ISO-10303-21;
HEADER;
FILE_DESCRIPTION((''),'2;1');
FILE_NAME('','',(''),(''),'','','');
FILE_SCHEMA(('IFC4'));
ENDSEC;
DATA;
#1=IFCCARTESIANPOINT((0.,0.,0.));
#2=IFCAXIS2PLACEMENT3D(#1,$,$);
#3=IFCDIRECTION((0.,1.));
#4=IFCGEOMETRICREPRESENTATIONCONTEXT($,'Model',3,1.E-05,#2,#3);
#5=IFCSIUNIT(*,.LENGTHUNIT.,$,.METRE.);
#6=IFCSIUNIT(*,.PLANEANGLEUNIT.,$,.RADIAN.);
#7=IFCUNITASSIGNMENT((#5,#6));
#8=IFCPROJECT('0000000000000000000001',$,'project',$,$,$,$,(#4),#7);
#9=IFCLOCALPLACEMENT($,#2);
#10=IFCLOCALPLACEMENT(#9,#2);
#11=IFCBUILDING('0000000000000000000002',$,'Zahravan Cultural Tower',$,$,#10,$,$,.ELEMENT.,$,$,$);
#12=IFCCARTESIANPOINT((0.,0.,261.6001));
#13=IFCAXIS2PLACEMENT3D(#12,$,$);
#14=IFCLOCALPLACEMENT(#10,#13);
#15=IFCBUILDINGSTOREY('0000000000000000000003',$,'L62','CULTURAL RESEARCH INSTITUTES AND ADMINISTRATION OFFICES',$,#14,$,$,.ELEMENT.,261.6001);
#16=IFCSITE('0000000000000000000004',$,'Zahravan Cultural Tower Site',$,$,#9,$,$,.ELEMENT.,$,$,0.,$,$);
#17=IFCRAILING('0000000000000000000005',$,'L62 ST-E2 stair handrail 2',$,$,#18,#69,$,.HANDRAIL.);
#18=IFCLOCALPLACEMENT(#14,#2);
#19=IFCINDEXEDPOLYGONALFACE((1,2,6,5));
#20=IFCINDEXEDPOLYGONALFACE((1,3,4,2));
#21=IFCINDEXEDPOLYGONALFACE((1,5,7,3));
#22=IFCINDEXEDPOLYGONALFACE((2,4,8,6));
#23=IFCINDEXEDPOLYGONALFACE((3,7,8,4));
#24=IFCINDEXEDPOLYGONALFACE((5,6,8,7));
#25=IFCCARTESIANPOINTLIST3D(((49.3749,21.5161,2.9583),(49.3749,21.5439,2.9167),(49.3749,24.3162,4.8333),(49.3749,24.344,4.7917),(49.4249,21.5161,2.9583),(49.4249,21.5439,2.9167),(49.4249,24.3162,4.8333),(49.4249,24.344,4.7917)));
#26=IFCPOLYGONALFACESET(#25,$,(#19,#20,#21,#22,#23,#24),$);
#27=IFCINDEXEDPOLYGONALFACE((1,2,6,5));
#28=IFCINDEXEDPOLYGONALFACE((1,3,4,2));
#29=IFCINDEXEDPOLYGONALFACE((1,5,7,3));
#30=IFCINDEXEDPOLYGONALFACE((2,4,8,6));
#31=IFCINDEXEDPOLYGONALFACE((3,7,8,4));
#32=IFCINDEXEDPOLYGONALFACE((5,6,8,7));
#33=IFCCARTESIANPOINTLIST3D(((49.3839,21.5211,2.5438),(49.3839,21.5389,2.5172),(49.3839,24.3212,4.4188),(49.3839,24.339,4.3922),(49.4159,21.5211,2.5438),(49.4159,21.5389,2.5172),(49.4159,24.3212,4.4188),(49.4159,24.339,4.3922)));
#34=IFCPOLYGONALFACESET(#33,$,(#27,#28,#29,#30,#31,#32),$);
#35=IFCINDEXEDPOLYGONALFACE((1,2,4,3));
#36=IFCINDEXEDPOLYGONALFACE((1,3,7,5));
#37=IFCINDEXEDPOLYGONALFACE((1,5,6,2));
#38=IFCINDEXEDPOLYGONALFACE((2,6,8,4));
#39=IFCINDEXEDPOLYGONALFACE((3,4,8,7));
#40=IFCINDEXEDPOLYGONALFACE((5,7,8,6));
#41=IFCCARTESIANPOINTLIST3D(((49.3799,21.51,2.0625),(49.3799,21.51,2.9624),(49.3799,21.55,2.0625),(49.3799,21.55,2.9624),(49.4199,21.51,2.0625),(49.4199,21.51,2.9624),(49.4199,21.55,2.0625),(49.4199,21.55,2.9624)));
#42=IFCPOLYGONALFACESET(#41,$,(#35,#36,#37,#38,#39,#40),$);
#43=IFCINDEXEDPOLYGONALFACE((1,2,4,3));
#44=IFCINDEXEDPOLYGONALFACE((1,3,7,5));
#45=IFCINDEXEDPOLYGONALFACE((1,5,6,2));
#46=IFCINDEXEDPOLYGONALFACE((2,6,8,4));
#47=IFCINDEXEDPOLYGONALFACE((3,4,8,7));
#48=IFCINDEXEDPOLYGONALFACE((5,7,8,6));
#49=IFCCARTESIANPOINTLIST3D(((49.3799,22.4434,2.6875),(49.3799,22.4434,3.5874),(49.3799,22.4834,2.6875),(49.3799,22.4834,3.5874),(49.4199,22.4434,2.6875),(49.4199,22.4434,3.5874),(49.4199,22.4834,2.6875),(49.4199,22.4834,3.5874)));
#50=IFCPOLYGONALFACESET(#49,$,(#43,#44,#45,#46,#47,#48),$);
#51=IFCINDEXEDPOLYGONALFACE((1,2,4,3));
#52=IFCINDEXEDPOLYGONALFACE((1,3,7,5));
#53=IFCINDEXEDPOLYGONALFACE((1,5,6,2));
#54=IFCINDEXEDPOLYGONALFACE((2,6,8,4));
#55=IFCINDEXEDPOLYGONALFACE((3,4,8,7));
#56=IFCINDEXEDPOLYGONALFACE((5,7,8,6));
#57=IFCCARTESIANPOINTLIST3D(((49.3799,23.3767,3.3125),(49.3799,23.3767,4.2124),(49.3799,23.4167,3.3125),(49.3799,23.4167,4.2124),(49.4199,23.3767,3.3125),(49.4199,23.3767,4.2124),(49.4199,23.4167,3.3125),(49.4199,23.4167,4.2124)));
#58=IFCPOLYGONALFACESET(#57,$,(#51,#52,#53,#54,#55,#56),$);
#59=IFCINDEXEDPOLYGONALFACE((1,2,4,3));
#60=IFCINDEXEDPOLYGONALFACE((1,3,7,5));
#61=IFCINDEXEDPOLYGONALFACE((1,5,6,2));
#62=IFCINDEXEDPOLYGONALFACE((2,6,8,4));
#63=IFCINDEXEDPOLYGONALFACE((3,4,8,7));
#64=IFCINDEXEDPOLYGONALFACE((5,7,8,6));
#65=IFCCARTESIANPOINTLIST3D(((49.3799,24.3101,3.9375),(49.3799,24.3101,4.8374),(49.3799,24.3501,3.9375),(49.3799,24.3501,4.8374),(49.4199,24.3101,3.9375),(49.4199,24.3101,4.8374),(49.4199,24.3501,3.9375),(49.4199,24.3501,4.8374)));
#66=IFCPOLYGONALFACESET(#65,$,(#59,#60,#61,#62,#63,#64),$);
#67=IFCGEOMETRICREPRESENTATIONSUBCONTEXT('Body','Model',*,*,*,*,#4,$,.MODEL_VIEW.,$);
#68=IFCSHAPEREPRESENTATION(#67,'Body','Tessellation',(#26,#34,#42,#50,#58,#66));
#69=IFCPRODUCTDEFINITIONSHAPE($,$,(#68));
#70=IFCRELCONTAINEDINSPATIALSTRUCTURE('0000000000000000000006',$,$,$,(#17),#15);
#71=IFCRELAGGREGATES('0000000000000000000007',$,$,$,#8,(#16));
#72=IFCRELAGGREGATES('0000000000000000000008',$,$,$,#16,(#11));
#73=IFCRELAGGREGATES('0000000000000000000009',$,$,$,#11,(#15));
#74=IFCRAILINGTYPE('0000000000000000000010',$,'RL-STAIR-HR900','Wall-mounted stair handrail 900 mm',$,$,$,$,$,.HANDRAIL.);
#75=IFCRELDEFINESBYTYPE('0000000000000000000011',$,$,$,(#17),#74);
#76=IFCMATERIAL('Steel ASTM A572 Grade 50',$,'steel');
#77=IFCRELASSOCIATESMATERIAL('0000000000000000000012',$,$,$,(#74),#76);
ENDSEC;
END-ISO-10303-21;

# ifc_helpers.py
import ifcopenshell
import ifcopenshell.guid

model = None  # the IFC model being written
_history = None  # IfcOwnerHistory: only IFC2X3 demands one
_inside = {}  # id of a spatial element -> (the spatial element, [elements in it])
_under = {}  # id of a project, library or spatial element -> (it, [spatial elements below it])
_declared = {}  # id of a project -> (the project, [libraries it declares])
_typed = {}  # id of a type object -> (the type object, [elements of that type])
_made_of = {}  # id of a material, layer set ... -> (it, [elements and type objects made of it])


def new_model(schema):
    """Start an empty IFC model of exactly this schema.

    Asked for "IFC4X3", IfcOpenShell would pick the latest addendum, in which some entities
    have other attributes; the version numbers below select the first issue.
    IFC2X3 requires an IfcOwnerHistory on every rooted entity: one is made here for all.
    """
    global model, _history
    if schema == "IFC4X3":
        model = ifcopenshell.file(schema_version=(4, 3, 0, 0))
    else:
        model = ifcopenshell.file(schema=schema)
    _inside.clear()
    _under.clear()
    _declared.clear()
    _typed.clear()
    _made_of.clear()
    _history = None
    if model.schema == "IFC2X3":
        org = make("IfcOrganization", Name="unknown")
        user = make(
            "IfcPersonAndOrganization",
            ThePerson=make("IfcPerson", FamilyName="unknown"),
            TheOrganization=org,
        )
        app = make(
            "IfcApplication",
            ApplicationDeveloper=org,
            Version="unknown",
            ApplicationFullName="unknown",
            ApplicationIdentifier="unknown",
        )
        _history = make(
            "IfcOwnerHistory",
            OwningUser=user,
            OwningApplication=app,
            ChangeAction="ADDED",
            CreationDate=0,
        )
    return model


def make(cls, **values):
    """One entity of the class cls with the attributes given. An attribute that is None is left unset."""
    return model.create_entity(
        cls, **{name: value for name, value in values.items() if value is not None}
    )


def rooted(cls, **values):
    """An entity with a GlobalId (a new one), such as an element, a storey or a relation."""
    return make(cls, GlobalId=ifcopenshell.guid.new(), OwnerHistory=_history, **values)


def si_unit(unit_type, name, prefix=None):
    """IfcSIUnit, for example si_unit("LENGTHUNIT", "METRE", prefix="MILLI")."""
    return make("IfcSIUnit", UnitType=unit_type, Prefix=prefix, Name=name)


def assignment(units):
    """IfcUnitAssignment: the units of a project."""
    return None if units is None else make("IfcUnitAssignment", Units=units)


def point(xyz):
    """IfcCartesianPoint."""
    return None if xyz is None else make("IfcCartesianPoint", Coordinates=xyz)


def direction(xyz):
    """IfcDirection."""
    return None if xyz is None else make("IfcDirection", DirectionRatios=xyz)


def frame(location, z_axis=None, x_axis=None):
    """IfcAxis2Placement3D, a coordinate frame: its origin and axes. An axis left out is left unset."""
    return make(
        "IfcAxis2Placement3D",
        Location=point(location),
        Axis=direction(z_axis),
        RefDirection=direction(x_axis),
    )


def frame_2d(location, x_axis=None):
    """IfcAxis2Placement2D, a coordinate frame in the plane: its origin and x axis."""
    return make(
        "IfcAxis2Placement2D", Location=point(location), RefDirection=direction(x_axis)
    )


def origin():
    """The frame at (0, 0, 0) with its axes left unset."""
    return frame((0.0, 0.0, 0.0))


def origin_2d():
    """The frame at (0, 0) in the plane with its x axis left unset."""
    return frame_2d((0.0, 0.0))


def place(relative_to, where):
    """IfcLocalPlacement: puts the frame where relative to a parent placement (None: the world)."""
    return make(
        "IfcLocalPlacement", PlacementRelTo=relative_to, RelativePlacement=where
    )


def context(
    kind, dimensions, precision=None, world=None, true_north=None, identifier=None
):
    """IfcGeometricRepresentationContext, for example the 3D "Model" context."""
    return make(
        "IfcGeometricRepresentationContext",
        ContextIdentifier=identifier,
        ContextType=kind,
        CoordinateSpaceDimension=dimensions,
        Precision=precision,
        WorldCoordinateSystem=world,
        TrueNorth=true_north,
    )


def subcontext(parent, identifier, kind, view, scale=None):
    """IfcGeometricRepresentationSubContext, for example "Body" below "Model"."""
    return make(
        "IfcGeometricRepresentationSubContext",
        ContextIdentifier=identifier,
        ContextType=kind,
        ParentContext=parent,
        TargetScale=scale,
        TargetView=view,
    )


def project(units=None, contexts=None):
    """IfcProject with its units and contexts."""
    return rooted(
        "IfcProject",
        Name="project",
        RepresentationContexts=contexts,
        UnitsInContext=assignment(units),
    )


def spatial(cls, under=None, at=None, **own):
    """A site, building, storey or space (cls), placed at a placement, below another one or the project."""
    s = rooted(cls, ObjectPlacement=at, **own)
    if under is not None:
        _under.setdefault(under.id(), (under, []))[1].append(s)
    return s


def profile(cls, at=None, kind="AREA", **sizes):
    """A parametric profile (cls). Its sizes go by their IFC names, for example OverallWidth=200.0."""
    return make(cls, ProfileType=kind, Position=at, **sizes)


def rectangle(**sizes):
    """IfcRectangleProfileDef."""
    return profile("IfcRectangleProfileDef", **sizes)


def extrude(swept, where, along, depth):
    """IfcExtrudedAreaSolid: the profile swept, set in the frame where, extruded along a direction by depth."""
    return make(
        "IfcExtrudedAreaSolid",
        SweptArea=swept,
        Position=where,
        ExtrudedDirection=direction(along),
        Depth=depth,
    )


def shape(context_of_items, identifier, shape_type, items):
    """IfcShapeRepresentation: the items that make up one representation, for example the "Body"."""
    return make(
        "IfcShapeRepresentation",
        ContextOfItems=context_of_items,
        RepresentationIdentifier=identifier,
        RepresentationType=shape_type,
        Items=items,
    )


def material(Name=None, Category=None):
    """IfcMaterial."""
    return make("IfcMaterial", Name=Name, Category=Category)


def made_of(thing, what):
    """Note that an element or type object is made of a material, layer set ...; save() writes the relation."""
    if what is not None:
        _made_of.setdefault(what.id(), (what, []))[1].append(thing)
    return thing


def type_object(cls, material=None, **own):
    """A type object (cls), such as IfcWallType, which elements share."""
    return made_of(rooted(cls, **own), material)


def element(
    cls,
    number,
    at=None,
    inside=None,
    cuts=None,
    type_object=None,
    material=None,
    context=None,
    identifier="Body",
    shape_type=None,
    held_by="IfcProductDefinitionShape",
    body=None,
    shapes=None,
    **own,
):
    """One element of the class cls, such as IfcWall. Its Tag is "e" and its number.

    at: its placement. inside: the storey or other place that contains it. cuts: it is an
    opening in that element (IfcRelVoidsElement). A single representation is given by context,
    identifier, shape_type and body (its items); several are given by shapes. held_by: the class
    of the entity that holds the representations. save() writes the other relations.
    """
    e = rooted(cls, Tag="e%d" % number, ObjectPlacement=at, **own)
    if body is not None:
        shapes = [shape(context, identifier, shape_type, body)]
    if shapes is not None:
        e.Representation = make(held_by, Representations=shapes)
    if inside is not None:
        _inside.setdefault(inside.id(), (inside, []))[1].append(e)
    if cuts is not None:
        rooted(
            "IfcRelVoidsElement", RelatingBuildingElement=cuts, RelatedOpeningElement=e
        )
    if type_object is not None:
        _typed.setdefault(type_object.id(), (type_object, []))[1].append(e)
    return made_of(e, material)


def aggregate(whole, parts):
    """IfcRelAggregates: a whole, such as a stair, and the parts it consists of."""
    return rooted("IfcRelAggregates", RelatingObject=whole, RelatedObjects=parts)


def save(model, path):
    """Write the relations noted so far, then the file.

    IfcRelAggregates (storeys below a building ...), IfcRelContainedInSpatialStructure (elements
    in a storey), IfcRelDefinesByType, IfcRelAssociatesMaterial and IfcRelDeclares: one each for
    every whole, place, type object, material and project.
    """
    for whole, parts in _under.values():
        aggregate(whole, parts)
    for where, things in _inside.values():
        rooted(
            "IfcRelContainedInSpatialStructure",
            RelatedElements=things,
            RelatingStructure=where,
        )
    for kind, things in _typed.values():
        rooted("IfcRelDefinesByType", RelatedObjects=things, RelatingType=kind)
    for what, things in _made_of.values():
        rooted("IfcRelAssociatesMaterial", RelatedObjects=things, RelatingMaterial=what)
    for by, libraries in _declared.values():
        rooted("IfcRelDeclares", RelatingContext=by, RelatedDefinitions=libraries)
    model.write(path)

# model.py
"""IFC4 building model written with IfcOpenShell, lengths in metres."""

from ifc_helpers import new_model, si_unit, direction, frame, origin, origin_2d, place, context, subcontext, project, spatial, rectangle, extrude, material, type_object, element, save


model = new_model("IFC4")

# Units and contexts
model_context = context("Model", 3, precision=1e-05, world=origin(), true_north=direction((0.0, 1.0)))
body_context = subcontext(model_context, "Body", "Model", "MODEL_VIEW")
ifc_project = project(units=[si_unit("LENGTHUNIT", "METRE"), si_unit("PLANEANGLEUNIT", "RADIAN")], contexts=[model_context])

# Site, building, storey
site_placement = place(None, origin())
site = spatial("IfcSite", under=ifc_project, at=site_placement, Name="Zahravan Cultural Tower Site", CompositionType="ELEMENT", RefElevation=0.0)
building_placement = place(site_placement, origin())
building = spatial("IfcBuilding", under=site, at=building_placement, Name="Zahravan Cultural Tower", CompositionType="ELEMENT")
storey_placement = place(building_placement, frame((0.0, 0.0, 261.6001)))
storey = spatial("IfcBuildingStorey", under=building, at=storey_placement, Name="L62", Description="CULTURAL RESEARCH INSTITUTES AND ADMINISTRATION OFFICES", CompositionType="ELEMENT", Elevation=261.6001)

# Shared definitions
ifc_material_1 = material(Name="Steel ASTM A572 Grade 50", Category="steel")

# Railing
railing_type_1 = type_object("IfcRailingType", Name="RL-STAIR-HR900", Description="Wall-mounted stair handrail 900 mm", PredefinedType="HANDRAIL", material=ifc_material_1)
railing_1_placement = place(storey_placement, frame((49.3999, 21.53, 2.0625)))
element("IfcRailing", 1, at=railing_1_placement, inside=storey, type_object=railing_type_1, Name="L62 ST-E2 stair handrail 2", PredefinedType="HANDRAIL", context=body_context, shape_type="SweptSolid", body=[
    extrude(rectangle(XDim=0.05, YDim=0.05, at=origin_2d()), frame((0.0, 0.0, 0.875), z_axis=(0.0, 0.830912, 0.556404), x_axis=(-1.0, 0.0, 0.0)), (0.0, 0.0, 1.0), 3.3699),
    extrude(rectangle(XDim=0.032, YDim=0.032, at=origin_2d()), frame((0.0, 0.0, 0.468), z_axis=(0.0, 0.830912, 0.556404), x_axis=(-1.0, 0.0, 0.0)), (0.0, 0.0, 1.0), 3.3699),
    extrude(rectangle(XDim=0.04, YDim=0.04, at=origin_2d()), origin(), (0.0, 0.0, 1.0), 0.8999),
    extrude(rectangle(XDim=0.04, YDim=0.04, at=origin_2d()), frame((0.0, 0.9333, 0.625)), (0.0, 0.0, 1.0), 0.8999),
    extrude(rectangle(XDim=0.04, YDim=0.04, at=origin_2d()), frame((0.0, 1.8667, 1.25)), (0.0, 0.0, 1.0), 0.8999),
    extrude(rectangle(XDim=0.04, YDim=0.04, at=origin_2d()), frame((0.0, 2.8, 1.875)), (0.0, 0.0, 1.0), 0.8999),
])

save(model, "model.ifc")
